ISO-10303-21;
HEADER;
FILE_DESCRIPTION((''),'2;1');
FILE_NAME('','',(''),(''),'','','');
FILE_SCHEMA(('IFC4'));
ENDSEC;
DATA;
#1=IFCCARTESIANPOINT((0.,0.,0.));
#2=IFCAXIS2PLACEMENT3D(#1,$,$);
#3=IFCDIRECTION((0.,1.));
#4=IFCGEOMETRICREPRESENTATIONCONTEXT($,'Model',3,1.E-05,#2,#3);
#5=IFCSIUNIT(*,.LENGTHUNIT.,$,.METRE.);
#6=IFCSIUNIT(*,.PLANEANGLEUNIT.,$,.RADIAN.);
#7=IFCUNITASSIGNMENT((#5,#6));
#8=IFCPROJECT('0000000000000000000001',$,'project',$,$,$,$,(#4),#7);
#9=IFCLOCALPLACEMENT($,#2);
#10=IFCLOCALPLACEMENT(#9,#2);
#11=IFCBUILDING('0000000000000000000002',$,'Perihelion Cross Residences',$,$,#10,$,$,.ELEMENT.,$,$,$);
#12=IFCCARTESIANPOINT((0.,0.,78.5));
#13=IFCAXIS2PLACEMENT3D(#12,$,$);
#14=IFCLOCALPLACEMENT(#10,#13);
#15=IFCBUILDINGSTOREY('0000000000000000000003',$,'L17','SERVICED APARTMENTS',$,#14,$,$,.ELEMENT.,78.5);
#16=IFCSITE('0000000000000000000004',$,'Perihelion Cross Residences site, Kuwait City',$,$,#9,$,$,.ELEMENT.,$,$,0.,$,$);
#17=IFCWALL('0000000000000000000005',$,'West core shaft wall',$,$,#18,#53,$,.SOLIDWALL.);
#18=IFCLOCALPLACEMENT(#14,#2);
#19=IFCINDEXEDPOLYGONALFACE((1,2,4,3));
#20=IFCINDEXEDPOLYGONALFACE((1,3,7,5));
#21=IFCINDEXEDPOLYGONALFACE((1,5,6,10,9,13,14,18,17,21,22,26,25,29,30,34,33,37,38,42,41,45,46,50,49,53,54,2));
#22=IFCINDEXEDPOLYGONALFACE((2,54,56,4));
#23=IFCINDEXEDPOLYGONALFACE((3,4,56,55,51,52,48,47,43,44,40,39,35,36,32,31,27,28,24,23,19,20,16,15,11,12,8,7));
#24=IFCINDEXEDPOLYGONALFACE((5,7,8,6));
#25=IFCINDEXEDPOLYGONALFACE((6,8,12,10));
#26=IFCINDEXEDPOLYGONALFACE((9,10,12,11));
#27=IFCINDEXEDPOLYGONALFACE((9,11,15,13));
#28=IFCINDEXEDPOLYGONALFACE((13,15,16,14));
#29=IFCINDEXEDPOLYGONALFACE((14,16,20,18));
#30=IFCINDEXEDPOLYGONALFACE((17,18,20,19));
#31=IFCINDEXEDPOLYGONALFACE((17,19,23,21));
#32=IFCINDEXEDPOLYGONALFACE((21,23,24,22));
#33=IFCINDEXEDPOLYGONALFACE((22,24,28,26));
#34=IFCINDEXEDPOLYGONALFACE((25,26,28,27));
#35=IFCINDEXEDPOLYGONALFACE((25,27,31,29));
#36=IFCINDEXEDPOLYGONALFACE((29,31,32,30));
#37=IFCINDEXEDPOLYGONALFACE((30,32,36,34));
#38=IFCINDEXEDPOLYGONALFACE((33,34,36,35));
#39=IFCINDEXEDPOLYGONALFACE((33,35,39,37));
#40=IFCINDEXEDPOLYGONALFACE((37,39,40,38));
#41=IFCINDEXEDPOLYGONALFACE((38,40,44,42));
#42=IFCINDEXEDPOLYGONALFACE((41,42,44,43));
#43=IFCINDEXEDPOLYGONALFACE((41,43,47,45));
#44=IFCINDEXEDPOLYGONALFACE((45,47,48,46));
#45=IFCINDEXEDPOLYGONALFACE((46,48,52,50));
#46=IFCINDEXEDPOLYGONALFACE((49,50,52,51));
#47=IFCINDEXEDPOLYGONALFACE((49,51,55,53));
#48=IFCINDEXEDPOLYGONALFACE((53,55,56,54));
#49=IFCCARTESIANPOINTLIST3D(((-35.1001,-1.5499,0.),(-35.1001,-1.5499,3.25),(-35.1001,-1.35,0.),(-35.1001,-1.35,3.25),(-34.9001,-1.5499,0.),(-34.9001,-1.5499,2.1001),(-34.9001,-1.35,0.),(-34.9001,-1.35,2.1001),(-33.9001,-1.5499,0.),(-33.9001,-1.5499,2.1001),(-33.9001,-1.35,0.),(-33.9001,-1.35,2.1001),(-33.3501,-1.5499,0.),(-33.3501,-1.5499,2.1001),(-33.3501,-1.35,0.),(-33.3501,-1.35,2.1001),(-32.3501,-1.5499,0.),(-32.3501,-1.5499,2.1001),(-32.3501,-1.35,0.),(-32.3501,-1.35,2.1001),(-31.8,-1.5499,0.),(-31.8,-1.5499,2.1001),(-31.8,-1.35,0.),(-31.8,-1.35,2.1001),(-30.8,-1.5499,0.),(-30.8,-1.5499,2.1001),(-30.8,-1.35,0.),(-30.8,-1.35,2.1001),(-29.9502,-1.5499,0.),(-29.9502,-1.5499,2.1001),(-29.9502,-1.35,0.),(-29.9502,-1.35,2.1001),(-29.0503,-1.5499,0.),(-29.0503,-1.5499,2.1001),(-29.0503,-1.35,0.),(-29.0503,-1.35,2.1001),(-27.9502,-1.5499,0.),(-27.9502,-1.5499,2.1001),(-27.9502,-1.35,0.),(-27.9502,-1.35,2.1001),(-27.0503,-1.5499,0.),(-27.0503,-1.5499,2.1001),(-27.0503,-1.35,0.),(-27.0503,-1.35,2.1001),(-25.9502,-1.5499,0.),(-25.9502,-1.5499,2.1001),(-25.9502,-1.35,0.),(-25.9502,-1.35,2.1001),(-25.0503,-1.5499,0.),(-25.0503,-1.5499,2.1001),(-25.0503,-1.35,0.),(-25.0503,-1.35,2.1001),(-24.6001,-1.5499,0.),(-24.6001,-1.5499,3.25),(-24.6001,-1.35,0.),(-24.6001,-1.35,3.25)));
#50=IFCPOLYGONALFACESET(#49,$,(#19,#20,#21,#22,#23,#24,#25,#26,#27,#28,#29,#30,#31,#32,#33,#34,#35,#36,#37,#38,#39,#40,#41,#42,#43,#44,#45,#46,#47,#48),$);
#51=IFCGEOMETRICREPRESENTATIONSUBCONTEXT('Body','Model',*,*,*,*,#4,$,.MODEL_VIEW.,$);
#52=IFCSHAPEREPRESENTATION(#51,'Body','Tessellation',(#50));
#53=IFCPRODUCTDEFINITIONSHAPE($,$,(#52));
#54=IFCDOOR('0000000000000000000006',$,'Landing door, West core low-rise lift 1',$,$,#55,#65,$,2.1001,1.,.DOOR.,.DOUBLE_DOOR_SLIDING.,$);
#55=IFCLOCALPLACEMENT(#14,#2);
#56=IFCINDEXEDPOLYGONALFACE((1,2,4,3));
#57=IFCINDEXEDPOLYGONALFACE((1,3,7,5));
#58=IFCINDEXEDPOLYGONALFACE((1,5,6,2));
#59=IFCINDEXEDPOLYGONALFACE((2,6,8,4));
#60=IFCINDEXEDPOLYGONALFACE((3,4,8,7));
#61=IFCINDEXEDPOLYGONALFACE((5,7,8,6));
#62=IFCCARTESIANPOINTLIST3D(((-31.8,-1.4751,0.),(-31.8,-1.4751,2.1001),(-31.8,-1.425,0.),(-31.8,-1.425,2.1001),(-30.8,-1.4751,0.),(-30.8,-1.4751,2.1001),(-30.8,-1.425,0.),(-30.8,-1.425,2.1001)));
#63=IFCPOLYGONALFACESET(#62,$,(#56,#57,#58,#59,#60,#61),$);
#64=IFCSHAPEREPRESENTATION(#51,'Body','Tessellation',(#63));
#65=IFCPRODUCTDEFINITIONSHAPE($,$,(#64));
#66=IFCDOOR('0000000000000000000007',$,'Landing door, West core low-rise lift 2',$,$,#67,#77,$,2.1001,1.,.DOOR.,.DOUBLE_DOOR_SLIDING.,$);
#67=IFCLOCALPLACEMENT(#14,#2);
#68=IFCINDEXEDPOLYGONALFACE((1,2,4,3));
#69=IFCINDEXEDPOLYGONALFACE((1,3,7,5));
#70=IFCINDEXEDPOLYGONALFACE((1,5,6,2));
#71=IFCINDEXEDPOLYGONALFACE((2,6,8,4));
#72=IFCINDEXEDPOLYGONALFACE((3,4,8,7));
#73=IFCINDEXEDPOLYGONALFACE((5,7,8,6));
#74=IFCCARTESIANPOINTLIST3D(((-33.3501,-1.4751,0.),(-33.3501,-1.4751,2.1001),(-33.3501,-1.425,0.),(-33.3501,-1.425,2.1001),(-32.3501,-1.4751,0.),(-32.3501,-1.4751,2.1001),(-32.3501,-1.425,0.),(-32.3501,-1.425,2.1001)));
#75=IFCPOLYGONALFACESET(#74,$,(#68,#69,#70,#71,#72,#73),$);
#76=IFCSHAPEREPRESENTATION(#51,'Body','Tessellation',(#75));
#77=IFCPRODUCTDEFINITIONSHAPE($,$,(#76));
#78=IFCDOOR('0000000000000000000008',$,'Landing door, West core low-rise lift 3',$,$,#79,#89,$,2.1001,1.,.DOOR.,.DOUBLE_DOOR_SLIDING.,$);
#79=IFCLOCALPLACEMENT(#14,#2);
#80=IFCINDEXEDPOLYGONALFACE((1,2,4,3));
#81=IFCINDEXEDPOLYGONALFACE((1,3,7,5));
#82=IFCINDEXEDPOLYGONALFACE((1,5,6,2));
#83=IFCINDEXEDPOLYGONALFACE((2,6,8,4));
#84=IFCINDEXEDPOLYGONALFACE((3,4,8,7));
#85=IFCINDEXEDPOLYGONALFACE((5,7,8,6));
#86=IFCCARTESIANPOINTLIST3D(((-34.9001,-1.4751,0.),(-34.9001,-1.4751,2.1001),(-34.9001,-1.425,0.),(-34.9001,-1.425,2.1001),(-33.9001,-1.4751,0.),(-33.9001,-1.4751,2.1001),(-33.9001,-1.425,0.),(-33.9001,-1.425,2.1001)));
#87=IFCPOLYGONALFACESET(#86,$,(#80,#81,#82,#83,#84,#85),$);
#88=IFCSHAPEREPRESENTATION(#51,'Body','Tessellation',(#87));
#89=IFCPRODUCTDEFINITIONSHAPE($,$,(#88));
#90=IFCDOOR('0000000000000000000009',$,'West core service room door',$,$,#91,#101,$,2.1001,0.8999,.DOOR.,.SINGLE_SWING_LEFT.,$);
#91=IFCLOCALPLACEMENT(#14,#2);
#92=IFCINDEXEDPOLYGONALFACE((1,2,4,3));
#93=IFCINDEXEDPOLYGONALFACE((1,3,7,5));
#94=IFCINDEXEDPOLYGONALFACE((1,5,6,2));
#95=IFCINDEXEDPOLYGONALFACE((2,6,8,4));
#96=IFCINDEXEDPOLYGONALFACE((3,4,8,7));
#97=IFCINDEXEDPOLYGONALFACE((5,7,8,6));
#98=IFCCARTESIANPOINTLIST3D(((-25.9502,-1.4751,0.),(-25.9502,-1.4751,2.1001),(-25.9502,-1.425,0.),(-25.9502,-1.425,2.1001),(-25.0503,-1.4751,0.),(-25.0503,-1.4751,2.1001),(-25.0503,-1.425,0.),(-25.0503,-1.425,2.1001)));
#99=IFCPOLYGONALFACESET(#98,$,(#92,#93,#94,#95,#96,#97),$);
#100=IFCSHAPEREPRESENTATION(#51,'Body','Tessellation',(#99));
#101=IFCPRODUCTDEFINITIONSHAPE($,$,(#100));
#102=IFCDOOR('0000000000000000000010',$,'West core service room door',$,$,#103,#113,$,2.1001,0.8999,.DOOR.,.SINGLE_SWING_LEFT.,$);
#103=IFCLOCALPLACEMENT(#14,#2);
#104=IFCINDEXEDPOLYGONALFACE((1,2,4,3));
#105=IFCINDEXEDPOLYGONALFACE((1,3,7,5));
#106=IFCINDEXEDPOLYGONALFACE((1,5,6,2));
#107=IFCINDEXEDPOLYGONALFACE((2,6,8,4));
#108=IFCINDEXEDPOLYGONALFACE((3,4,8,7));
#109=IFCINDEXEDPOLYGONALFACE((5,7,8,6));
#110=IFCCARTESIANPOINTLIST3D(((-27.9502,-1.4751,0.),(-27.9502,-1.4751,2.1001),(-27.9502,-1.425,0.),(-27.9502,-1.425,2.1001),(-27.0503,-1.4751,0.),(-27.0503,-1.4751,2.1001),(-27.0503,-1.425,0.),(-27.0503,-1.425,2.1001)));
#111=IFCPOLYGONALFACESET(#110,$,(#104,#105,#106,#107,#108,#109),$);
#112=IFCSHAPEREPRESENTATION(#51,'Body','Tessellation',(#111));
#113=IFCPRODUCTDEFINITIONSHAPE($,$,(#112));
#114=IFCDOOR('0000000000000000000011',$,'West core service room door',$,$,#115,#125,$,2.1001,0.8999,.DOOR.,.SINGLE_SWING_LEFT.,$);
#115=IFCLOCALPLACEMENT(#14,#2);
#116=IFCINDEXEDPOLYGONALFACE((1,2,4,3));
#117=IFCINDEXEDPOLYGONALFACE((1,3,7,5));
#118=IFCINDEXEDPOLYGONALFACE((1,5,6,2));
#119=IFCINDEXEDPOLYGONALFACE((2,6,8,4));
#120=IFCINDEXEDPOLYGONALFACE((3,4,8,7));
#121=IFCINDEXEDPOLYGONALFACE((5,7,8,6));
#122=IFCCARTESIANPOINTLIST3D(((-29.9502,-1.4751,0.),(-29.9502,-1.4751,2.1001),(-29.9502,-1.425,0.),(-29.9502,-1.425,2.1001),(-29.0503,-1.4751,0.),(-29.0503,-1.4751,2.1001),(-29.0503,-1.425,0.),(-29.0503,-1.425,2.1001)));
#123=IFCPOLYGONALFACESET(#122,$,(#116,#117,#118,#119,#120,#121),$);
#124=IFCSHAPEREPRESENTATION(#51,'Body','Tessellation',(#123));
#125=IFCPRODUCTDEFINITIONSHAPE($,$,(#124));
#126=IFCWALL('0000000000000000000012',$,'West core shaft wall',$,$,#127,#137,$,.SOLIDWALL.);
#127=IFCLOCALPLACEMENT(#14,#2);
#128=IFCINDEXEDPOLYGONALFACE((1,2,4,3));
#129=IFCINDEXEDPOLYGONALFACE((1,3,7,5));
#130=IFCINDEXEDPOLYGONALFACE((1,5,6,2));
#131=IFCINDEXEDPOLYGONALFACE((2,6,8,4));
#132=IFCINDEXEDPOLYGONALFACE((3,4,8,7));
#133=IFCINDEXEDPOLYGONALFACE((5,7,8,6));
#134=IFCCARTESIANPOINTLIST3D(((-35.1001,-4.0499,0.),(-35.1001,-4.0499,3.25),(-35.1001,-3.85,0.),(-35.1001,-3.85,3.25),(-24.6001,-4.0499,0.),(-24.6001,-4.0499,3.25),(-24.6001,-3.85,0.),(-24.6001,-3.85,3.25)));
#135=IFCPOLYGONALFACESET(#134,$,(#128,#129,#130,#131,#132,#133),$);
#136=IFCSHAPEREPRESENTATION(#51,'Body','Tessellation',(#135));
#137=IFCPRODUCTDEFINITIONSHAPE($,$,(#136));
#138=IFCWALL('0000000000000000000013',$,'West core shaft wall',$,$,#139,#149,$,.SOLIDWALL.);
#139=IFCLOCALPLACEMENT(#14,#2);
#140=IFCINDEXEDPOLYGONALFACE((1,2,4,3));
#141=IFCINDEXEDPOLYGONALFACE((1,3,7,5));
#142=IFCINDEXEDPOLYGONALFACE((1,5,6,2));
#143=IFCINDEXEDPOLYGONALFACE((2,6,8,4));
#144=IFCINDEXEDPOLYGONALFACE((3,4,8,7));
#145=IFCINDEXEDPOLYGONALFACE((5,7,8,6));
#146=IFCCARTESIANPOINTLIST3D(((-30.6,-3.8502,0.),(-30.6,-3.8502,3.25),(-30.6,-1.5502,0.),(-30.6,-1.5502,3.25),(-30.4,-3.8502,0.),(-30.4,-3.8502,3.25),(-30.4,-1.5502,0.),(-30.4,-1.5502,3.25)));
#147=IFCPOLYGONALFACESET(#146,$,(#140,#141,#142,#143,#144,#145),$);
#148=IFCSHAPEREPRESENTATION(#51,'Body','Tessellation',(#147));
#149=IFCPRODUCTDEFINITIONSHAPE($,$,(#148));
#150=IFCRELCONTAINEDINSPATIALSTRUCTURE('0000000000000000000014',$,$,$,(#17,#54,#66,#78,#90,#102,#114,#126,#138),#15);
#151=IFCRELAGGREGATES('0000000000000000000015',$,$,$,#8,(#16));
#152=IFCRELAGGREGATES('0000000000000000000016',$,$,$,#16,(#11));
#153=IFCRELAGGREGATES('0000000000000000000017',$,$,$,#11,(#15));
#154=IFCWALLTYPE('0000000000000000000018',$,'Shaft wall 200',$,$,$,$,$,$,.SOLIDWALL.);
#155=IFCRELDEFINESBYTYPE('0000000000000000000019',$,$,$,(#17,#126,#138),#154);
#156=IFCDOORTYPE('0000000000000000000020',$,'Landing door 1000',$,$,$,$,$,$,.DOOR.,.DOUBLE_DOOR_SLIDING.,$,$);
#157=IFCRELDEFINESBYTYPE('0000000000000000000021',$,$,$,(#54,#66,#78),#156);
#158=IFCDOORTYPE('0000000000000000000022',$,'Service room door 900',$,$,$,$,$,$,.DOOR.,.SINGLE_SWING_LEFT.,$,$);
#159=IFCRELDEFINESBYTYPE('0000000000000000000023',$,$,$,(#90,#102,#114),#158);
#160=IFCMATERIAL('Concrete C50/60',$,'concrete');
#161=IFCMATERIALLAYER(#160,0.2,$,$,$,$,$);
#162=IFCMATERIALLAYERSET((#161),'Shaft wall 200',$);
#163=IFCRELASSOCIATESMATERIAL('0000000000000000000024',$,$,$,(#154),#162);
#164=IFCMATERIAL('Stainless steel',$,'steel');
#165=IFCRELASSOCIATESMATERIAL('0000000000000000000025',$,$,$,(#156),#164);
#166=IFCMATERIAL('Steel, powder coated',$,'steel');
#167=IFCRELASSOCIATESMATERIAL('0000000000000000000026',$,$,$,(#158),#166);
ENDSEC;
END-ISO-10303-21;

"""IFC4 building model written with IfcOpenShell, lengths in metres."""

from ifc_helpers import new_model, si_unit, direction, frame, frame_2d, origin, place, context, subcontext, project, spatial, rectangle, extrude, material, layer, layer_set, type_object, element, fill, save


model = new_model("IFC4")

# Units and contexts
model_context = context("Model", 3, precision=1e-05, world=origin(), true_north=direction((0.0, 1.0)))
body_context = subcontext(model_context, "Body", "Model", "MODEL_VIEW")
ifc_project = project(units=[si_unit("LENGTHUNIT", "METRE"), si_unit("PLANEANGLEUNIT", "RADIAN")], contexts=[model_context])

# Site, building, storey
site_placement = place(None, origin())
site = spatial("IfcSite", under=ifc_project, at=site_placement, Name="Perihelion Cross Residences site, Kuwait City", CompositionType="ELEMENT", RefElevation=0.0)
building_placement = place(site_placement, origin())
building = spatial("IfcBuilding", under=site, at=building_placement, Name="Perihelion Cross Residences", CompositionType="ELEMENT")
storey_placement = place(building_placement, frame((0.0, 0.0, 78.5)))
storey = spatial("IfcBuildingStorey", under=building, at=storey_placement, Name="L17", Description="SERVICED APARTMENTS", CompositionType="ELEMENT", Elevation=78.5)

# Wall, openings, doors
ifc_material_1 = material(Name="Concrete C50/60", Category="concrete")
ifc_layer_1 = layer(ifc_material_1, 0.2)
ifc_layer_set_1 = layer_set([ifc_layer_1], Name="Shaft wall 200")
wall_type_1 = type_object("IfcWallType", Name="Shaft wall 200", PredefinedType="SOLIDWALL", material=ifc_layer_set_1)
wall_1_placement = place(storey_placement, frame((-35.1001, -1.45, 0.0), z_axis=(0.0, 0.0, 1.0), x_axis=(1.0, 0.0, 0.0)))
wall_1 = element("IfcWall", 1, at=wall_1_placement, inside=storey, type_object=wall_type_1, Name="West core shaft wall", PredefinedType="SOLIDWALL", context=body_context, shape_type="SweptSolid", body=[
    extrude(rectangle(XDim=10.5, YDim=0.2, at=frame_2d((5.25, 0.0))), origin(), (0.0, 0.0, 1.0), 3.25),
])
opening_1_placement = place(wall_1_placement, frame((3.3, 0.0, 0.0)))
opening_1 = element("IfcOpeningElement", 2, at=opening_1_placement, cuts=wall_1, PredefinedType="OPENING", context=body_context, shape_type="SweptSolid", body=[
    extrude(rectangle(XDim=1.0, YDim=2.1001, at=frame_2d((0.5, 1.05))), frame((0.0, 0.1099, 0.0), z_axis=(0.0, -1.0, 0.0), x_axis=(1.0, 0.0, 0.0)), (0.0, 0.0, 1.0), 0.22),
])
opening_2_placement = place(wall_1_placement, frame((1.75, 0.0, 0.0)))
opening_2 = element("IfcOpeningElement", 3, at=opening_2_placement, cuts=wall_1, PredefinedType="OPENING", context=body_context, shape_type="SweptSolid", body=[
    extrude(rectangle(XDim=1.0, YDim=2.1001, at=frame_2d((0.5, 1.05))), frame((0.0, 0.1099, 0.0), z_axis=(0.0, -1.0, 0.0), x_axis=(1.0, 0.0, 0.0)), (0.0, 0.0, 1.0), 0.22),
])
opening_3_placement = place(wall_1_placement, frame((0.2, 0.0, 0.0)))
opening_3 = element("IfcOpeningElement", 4, at=opening_3_placement, cuts=wall_1, PredefinedType="OPENING", context=body_context, shape_type="SweptSolid", body=[
    extrude(rectangle(XDim=1.0, YDim=2.1001, at=frame_2d((0.5, 1.05))), frame((0.0, 0.1099, 0.0), z_axis=(0.0, -1.0, 0.0), x_axis=(1.0, 0.0, 0.0)), (0.0, 0.0, 1.0), 0.22),
])
opening_4_placement = place(wall_1_placement, frame((9.1499, 0.0, 0.0)))
opening_4 = element("IfcOpeningElement", 5, at=opening_4_placement, cuts=wall_1, PredefinedType="OPENING", context=body_context, shape_type="SweptSolid", body=[
    extrude(rectangle(XDim=0.8999, YDim=2.1001, at=frame_2d((0.45, 1.05))), frame((0.0, 0.1099, 0.0), z_axis=(0.0, -1.0, 0.0), x_axis=(1.0, 0.0, 0.0)), (0.0, 0.0, 1.0), 0.22),
])
opening_5_placement = place(wall_1_placement, frame((7.1499, 0.0, 0.0)))
opening_5 = element("IfcOpeningElement", 6, at=opening_5_placement, cuts=wall_1, PredefinedType="OPENING", context=body_context, shape_type="SweptSolid", body=[
    extrude(rectangle(XDim=0.8999, YDim=2.1001, at=frame_2d((0.45, 1.05))), frame((0.0, 0.1099, 0.0), z_axis=(0.0, -1.0, 0.0), x_axis=(1.0, 0.0, 0.0)), (0.0, 0.0, 1.0), 0.22),
])
opening_6_placement = place(wall_1_placement, frame((5.1499, 0.0, 0.0)))
opening_6 = element("IfcOpeningElement", 7, at=opening_6_placement, cuts=wall_1, PredefinedType="OPENING", context=body_context, shape_type="SweptSolid", body=[
    extrude(rectangle(XDim=0.8999, YDim=2.1001, at=frame_2d((0.45, 1.05))), frame((0.0, 0.1099, 0.0), z_axis=(0.0, -1.0, 0.0), x_axis=(1.0, 0.0, 0.0)), (0.0, 0.0, 1.0), 0.22),
])
ifc_material_2 = material(Name="Stainless steel", Category="steel")
door_type_1 = type_object("IfcDoorType", Name="Landing door 1000", OperationType="DOUBLE_DOOR_SLIDING", PredefinedType="DOOR", material=ifc_material_2)
door_1_placement = place(opening_1_placement, origin())
door_1 = element("IfcDoor", 8, at=door_1_placement, inside=storey, type_object=door_type_1, Name="Landing door, West core low-rise lift 1", OperationType="DOUBLE_DOOR_SLIDING", OverallHeight=2.1001, OverallWidth=1.0, PredefinedType="DOOR", context=body_context, shape_type="SweptSolid", body=[
    extrude(rectangle(XDim=1.0, YDim=2.1001, at=frame_2d((0.5, 1.05))), frame((0.0, 0.0249, 0.0), z_axis=(0.0, -1.0, 0.0), x_axis=(1.0, 0.0, 0.0)), (0.0, 0.0, 1.0), 0.05),
])
fill(opening_1, door_1)
door_2_placement = place(opening_2_placement, origin())
door_2 = element("IfcDoor", 9, at=door_2_placement, inside=storey, type_object=door_type_1, Name="Landing door, West core low-rise lift 2", OperationType="DOUBLE_DOOR_SLIDING", OverallHeight=2.1001, OverallWidth=1.0, PredefinedType="DOOR", context=body_context, shape_type="SweptSolid", body=[
    extrude(rectangle(XDim=1.0, YDim=2.1001, at=frame_2d((0.5, 1.05))), frame((0.0, 0.0249, 0.0), z_axis=(0.0, -1.0, 0.0), x_axis=(1.0, 0.0, 0.0)), (0.0, 0.0, 1.0), 0.05),
])
fill(opening_2, door_2)
door_3_placement = place(opening_3_placement, origin())
door_3 = element("IfcDoor", 10, at=door_3_placement, inside=storey, type_object=door_type_1, Name="Landing door, West core low-rise lift 3", OperationType="DOUBLE_DOOR_SLIDING", OverallHeight=2.1001, OverallWidth=1.0, PredefinedType="DOOR", context=body_context, shape_type="SweptSolid", body=[
    extrude(rectangle(XDim=1.0, YDim=2.1001, at=frame_2d((0.5, 1.05))), frame((0.0, 0.0249, 0.0), z_axis=(0.0, -1.0, 0.0), x_axis=(1.0, 0.0, 0.0)), (0.0, 0.0, 1.0), 0.05),
])
fill(opening_3, door_3)
ifc_material_3 = material(Name="Steel, powder coated", Category="steel")
door_type_2 = type_object("IfcDoorType", Name="Service room door 900", OperationType="SINGLE_SWING_LEFT", PredefinedType="DOOR", material=ifc_material_3)
door_4_placement = place(opening_4_placement, origin())
door_4 = element("IfcDoor", 11, at=door_4_placement, inside=storey, type_object=door_type_2, Name="West core service room door", OperationType="SINGLE_SWING_LEFT", OverallHeight=2.1001, OverallWidth=0.8999, PredefinedType="DOOR", context=body_context, shape_type="SweptSolid", body=[
    extrude(rectangle(XDim=0.8999, YDim=2.1001, at=frame_2d((0.45, 1.05))), frame((0.0, 0.0249, 0.0), z_axis=(0.0, -1.0, 0.0), x_axis=(1.0, 0.0, 0.0)), (0.0, 0.0, 1.0), 0.05),
])
fill(opening_4, door_4)
door_5_placement = place(opening_5_placement, origin())
door_5 = element("IfcDoor", 12, at=door_5_placement, inside=storey, type_object=door_type_2, Name="West core service room door", OperationType="SINGLE_SWING_LEFT", OverallHeight=2.1001, OverallWidth=0.8999, PredefinedType="DOOR", context=body_context, shape_type="SweptSolid", body=[
    extrude(rectangle(XDim=0.8999, YDim=2.1001, at=frame_2d((0.45, 1.05))), frame((0.0, 0.0249, 0.0), z_axis=(0.0, -1.0, 0.0), x_axis=(1.0, 0.0, 0.0)), (0.0, 0.0, 1.0), 0.05),
])
fill(opening_5, door_5)
door_6_placement = place(opening_6_placement, origin())
door_6 = element("IfcDoor", 13, at=door_6_placement, inside=storey, type_object=door_type_2, Name="West core service room door", OperationType="SINGLE_SWING_LEFT", OverallHeight=2.1001, OverallWidth=0.8999, PredefinedType="DOOR", context=body_context, shape_type="SweptSolid", body=[
    extrude(rectangle(XDim=0.8999, YDim=2.1001, at=frame_2d((0.45, 1.05))), frame((0.0, 0.0249, 0.0), z_axis=(0.0, -1.0, 0.0), x_axis=(1.0, 0.0, 0.0)), (0.0, 0.0, 1.0), 0.05),
])
fill(opening_6, door_6)

# Walls
wall_2_placement = place(storey_placement, frame((-35.1001, -3.95, 0.0), z_axis=(0.0, 0.0, 1.0), x_axis=(1.0, 0.0, 0.0)))
element("IfcWall", 14, at=wall_2_placement, inside=storey, type_object=wall_type_1, Name="West core shaft wall", PredefinedType="SOLIDWALL", context=body_context, shape_type="SweptSolid", body=[
    extrude(rectangle(XDim=10.5, YDim=0.2, at=frame_2d((5.25, 0.0))), origin(), (0.0, 0.0, 1.0), 3.25),
])
wall_3_placement = place(storey_placement, frame((-30.5, -3.8501, 0.0), z_axis=(0.0, 0.0, 1.0), x_axis=(0.0, 1.0, 0.0)))
element("IfcWall", 15, at=wall_3_placement, inside=storey, type_object=wall_type_1, Name="West core shaft wall", PredefinedType="SOLIDWALL", context=body_context, shape_type="SweptSolid", body=[
    extrude(rectangle(XDim=2.3, YDim=0.2, at=frame_2d((1.1499, 0.0))), origin(), (0.0, 0.0, 1.0), 3.25),
])

save(model, "model.ifc")
